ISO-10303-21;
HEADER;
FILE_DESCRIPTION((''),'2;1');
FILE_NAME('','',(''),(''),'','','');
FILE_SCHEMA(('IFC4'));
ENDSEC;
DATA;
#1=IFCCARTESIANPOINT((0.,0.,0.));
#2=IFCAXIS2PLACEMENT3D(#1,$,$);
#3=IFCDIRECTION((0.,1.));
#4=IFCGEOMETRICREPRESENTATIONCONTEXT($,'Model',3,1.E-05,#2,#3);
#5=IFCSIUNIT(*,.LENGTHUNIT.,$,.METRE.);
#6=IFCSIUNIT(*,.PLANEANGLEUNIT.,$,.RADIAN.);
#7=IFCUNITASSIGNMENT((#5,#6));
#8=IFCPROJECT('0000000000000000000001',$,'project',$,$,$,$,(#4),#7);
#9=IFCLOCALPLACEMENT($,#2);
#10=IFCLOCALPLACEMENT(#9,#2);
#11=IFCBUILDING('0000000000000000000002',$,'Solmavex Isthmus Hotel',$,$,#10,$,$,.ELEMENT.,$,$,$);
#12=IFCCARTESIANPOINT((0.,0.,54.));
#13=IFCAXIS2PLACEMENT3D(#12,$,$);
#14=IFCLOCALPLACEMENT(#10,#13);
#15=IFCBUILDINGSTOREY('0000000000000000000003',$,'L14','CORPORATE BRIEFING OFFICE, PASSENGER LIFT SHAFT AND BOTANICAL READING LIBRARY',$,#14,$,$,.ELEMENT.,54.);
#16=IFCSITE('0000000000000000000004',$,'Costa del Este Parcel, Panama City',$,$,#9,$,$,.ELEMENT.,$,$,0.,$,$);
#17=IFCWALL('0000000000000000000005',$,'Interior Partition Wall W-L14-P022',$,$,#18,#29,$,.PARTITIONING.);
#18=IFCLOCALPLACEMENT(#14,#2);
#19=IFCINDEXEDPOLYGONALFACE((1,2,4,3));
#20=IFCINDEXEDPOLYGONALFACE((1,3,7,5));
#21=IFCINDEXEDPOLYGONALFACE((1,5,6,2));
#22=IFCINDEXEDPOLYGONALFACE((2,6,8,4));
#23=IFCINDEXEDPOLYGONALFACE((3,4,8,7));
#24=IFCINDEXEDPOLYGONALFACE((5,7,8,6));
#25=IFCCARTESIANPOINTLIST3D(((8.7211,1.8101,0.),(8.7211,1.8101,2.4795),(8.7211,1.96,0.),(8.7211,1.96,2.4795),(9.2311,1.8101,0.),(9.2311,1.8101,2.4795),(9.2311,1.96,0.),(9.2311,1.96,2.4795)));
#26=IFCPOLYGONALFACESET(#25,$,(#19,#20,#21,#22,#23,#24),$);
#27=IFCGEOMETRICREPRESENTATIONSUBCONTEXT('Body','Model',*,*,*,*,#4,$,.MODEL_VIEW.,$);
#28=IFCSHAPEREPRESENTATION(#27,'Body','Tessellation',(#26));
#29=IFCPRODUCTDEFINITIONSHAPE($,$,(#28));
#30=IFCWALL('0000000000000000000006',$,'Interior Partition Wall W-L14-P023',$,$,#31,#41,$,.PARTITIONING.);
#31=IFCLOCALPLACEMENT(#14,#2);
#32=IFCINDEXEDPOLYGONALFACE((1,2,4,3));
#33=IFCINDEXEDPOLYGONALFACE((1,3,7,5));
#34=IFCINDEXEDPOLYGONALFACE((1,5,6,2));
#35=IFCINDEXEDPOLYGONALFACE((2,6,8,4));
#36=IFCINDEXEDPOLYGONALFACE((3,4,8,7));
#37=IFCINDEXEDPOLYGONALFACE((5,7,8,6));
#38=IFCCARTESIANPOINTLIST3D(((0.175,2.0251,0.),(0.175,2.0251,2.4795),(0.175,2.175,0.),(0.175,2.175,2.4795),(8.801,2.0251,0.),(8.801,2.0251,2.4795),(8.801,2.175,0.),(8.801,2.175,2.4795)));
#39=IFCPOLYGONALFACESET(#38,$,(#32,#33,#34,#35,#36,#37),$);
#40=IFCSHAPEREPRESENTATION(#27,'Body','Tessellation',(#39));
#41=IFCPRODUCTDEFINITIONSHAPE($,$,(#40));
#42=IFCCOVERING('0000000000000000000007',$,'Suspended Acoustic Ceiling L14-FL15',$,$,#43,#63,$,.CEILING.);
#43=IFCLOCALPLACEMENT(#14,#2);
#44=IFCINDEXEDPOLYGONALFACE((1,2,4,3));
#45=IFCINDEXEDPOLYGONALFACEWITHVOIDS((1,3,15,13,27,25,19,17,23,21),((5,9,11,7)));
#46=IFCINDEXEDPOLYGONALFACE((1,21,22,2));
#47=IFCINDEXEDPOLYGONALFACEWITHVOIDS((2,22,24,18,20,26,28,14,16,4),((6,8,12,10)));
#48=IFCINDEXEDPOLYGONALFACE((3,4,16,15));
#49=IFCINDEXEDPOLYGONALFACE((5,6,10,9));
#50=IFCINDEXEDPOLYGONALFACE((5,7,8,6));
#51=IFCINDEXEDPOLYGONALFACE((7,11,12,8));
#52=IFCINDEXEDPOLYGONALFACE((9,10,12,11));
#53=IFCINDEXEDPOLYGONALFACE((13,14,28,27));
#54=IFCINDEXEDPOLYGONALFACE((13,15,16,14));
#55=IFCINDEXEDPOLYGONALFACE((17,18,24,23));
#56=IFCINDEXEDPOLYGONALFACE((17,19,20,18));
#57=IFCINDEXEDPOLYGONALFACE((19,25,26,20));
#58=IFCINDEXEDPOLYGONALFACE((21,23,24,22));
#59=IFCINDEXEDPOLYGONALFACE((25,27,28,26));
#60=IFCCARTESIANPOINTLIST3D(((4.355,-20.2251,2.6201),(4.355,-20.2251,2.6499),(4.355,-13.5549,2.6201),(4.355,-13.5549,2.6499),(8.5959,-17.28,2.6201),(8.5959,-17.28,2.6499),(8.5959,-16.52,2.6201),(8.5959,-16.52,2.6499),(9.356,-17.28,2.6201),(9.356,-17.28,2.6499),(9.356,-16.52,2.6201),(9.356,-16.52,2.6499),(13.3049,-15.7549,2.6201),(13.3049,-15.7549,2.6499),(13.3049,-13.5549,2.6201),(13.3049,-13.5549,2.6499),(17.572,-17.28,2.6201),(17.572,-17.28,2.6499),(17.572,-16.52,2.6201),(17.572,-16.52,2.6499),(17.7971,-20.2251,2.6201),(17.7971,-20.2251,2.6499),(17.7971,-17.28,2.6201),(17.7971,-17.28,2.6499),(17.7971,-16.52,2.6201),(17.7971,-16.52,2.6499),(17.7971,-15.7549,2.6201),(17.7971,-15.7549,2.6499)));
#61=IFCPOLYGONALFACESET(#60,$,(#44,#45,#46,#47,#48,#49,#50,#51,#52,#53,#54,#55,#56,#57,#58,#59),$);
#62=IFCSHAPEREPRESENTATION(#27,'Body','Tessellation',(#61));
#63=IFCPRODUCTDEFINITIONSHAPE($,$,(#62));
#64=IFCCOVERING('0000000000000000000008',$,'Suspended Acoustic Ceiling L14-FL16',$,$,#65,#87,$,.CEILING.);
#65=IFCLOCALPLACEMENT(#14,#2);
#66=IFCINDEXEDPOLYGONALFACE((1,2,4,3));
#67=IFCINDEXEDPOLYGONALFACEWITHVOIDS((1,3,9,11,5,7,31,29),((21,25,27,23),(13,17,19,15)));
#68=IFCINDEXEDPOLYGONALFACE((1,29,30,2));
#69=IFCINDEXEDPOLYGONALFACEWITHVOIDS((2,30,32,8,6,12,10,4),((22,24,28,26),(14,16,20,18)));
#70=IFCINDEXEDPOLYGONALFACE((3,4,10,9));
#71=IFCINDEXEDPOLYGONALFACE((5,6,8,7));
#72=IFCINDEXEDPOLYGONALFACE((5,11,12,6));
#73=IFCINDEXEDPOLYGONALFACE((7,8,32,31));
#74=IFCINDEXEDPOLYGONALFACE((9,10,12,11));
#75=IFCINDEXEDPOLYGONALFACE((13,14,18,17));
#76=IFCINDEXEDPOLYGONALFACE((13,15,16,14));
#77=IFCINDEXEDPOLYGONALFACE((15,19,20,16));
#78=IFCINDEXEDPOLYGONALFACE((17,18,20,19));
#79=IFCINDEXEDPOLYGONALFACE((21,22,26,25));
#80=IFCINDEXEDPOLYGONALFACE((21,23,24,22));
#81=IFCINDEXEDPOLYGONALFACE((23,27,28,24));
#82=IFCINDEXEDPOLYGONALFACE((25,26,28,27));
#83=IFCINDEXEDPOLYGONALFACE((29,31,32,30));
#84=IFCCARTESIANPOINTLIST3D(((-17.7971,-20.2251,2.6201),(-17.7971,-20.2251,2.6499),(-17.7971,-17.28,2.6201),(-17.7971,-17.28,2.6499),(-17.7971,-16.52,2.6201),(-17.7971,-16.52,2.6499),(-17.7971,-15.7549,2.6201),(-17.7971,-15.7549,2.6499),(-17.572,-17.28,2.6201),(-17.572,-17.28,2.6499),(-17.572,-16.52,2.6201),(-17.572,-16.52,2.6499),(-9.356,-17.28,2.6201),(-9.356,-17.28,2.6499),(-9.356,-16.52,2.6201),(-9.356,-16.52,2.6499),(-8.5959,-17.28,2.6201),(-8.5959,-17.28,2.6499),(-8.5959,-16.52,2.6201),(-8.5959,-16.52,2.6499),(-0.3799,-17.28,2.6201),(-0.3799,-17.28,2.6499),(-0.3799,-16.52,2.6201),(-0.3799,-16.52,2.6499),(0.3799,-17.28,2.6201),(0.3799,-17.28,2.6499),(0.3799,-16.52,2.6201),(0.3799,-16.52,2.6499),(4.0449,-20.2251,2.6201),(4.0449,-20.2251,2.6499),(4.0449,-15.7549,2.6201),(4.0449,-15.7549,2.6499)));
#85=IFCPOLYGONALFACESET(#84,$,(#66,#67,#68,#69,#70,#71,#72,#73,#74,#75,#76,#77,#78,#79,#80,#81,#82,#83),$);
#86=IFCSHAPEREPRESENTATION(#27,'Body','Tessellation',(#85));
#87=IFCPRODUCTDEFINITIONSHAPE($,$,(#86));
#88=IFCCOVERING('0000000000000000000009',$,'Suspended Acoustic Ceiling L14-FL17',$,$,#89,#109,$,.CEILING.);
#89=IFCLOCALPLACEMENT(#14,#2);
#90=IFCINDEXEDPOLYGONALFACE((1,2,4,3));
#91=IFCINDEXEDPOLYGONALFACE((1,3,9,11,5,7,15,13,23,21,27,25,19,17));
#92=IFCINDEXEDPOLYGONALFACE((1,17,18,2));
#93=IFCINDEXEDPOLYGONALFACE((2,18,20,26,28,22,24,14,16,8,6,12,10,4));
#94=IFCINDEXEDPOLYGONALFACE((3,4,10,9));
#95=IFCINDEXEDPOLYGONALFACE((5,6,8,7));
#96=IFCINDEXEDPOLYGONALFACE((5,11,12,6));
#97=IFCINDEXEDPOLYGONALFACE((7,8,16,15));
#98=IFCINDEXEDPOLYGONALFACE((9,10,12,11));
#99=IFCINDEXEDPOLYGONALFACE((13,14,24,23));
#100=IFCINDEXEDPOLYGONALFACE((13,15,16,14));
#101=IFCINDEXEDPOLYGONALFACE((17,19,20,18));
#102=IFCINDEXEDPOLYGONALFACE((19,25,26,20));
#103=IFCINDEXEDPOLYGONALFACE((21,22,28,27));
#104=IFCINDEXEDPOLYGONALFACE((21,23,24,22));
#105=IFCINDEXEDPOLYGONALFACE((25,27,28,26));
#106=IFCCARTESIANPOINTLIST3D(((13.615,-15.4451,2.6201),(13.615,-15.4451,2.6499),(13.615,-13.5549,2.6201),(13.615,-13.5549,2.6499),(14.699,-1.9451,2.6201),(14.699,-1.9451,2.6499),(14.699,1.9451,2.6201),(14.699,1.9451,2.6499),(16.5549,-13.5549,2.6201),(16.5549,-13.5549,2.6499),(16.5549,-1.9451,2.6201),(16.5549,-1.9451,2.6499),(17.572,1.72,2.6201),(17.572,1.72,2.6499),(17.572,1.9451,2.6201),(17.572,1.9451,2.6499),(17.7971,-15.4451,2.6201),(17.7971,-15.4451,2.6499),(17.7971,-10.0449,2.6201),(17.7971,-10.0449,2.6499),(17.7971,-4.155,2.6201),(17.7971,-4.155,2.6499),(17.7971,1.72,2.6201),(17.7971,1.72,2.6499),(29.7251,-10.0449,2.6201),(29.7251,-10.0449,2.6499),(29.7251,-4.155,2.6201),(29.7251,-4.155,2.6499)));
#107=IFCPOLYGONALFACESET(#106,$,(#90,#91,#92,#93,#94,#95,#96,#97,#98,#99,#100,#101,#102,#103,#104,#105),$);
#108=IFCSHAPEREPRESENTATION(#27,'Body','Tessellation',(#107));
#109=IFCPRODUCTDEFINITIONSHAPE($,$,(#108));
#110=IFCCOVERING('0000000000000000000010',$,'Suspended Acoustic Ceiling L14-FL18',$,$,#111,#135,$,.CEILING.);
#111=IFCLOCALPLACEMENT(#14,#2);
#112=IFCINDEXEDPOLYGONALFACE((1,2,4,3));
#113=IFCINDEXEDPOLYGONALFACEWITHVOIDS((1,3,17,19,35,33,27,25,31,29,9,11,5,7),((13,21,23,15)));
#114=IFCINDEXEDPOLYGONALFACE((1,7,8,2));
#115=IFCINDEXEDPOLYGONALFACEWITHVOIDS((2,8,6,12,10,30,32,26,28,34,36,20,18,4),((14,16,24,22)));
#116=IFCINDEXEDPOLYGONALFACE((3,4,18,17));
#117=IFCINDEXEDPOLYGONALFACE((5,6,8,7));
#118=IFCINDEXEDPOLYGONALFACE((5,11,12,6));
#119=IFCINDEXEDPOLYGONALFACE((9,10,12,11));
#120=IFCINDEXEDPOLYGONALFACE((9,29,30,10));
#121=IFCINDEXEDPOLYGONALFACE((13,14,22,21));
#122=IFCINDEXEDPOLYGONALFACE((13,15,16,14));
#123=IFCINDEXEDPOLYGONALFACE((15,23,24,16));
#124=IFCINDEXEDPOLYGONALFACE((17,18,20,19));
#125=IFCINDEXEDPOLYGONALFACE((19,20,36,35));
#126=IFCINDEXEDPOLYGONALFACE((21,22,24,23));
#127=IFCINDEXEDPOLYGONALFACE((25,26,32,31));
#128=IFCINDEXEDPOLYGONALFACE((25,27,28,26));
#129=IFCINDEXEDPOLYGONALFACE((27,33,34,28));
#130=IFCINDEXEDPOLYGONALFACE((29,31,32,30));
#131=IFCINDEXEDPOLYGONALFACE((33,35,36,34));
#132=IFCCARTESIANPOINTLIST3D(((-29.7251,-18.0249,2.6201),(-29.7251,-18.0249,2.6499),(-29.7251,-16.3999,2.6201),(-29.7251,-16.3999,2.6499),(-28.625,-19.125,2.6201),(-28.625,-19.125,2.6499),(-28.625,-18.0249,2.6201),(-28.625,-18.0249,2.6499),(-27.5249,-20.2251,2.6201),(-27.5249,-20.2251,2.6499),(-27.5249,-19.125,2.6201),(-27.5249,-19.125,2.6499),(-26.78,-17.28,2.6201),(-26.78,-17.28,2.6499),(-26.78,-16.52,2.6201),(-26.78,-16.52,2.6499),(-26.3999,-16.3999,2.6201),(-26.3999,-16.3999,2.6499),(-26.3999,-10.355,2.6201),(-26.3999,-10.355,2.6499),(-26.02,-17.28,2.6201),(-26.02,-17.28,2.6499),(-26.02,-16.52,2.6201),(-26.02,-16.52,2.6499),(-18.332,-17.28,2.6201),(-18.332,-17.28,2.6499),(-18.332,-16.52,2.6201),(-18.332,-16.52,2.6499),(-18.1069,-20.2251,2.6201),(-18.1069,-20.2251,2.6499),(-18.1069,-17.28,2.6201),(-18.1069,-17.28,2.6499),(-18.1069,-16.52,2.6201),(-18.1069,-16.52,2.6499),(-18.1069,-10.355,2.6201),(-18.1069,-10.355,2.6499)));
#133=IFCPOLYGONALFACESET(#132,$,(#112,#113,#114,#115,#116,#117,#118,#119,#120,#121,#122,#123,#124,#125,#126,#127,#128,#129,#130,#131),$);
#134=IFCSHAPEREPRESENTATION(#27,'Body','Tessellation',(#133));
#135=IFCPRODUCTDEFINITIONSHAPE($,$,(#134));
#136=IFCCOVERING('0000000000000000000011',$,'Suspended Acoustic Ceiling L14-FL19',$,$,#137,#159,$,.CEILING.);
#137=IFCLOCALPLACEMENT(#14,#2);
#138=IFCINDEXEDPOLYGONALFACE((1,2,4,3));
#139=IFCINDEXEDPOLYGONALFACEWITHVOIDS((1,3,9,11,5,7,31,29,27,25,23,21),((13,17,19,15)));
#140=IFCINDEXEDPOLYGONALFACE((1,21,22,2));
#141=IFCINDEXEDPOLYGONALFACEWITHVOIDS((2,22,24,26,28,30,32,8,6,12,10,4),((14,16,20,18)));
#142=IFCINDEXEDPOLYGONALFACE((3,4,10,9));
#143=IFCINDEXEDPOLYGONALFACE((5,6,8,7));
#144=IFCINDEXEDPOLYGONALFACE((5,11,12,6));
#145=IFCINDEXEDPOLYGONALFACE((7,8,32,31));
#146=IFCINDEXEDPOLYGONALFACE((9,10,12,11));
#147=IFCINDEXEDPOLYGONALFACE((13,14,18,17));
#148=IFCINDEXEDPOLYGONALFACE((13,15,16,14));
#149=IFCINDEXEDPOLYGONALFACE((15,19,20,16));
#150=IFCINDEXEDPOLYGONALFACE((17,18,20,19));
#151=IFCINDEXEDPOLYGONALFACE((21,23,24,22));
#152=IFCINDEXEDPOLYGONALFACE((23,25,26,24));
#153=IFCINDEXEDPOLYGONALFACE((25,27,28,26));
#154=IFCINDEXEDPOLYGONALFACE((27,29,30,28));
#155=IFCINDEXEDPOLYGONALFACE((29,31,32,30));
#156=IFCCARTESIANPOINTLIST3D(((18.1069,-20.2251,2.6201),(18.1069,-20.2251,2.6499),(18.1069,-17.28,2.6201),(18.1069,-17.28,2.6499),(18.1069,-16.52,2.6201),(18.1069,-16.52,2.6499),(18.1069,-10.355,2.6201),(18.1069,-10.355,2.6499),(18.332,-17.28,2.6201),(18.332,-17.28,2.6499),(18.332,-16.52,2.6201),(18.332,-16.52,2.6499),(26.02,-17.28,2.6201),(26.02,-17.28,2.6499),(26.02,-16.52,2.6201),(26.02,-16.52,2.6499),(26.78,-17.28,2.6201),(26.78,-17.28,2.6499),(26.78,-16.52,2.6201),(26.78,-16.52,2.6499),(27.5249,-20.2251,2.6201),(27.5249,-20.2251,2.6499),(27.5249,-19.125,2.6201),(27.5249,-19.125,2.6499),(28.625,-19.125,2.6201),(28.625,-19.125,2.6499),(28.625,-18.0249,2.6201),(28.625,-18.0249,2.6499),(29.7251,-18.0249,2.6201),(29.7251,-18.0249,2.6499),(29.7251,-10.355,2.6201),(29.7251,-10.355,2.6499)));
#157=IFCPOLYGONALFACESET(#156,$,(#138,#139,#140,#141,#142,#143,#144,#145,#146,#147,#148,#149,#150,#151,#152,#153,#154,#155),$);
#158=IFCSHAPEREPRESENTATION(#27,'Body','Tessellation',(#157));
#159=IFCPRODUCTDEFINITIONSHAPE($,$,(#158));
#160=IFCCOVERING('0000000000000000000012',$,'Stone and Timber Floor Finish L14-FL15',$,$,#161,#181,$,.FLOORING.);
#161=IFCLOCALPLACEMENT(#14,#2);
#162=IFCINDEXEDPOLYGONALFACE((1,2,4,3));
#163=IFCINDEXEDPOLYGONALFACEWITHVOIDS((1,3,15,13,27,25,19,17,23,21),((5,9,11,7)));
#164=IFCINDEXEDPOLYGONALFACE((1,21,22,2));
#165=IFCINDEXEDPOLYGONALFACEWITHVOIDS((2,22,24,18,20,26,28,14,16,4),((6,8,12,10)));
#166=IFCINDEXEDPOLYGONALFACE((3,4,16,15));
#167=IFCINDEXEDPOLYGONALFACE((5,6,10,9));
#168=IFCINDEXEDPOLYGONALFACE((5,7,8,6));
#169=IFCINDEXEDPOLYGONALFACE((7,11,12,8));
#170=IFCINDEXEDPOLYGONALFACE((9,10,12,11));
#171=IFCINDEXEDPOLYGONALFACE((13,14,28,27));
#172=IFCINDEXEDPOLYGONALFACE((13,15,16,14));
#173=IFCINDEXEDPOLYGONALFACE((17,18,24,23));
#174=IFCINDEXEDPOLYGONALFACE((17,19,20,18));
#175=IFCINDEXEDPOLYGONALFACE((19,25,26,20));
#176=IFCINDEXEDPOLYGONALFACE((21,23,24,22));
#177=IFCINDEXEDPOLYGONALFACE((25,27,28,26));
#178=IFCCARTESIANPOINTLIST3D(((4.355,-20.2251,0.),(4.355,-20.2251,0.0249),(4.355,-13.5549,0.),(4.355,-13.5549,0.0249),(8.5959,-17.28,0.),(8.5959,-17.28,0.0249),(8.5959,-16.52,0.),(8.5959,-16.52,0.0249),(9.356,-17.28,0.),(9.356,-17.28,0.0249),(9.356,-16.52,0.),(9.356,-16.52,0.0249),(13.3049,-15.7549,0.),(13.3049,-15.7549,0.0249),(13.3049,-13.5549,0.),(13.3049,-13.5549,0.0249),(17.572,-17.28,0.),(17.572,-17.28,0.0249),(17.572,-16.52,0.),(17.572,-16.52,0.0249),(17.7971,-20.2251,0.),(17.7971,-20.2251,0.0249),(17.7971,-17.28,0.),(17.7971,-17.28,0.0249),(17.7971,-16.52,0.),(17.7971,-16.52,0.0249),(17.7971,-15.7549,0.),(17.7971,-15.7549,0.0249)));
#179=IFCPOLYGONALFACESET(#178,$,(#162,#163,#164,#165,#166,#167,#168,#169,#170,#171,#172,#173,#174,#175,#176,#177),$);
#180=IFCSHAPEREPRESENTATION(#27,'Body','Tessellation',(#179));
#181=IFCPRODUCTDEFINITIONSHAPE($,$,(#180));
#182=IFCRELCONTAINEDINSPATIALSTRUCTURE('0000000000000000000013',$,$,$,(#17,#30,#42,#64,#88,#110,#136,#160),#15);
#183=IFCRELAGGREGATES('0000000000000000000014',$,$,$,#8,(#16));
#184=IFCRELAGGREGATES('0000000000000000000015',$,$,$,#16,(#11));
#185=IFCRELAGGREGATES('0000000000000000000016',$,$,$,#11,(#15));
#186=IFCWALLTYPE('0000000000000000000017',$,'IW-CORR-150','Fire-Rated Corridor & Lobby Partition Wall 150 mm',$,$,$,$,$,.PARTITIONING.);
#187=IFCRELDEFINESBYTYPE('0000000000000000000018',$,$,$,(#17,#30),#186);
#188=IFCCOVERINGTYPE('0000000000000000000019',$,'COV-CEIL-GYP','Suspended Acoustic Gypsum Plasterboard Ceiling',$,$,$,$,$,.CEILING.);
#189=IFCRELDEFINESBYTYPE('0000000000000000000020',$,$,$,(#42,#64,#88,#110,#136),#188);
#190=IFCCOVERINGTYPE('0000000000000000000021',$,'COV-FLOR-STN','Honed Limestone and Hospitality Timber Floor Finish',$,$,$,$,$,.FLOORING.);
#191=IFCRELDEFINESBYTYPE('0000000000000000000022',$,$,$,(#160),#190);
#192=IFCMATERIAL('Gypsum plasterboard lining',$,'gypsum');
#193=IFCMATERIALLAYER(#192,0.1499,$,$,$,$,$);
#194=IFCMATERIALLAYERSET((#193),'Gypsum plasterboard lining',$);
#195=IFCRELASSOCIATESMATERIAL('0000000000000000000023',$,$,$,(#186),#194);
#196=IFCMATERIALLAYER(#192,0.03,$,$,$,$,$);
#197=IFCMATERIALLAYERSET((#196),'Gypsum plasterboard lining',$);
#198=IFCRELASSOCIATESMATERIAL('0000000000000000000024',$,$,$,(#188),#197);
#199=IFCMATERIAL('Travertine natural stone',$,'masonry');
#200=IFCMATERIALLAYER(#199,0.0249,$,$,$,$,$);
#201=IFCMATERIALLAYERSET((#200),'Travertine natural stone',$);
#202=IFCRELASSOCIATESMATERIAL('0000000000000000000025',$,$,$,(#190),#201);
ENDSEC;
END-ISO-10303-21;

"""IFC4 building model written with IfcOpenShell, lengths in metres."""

from ifc_helpers import new_model, si_unit, direction, frame, frame_2d, origin, place, context, subcontext, project, spatial, polyline, rectangle, outline, extrude, material, layer, layer_set, type_object, element, save


model = new_model("IFC4")

# Units and contexts
model_context = context("Model", 3, precision=1e-05, world=origin(), true_north=direction((0.0, 1.0)))
body_context = subcontext(model_context, "Body", "Model", "MODEL_VIEW")
ifc_project = project(units=[si_unit("LENGTHUNIT", "METRE"), si_unit("PLANEANGLEUNIT", "RADIAN")], contexts=[model_context])

# Site, building, storey
site_placement = place(None, origin())
site = spatial("IfcSite", under=ifc_project, at=site_placement, Name="Costa del Este Parcel, Panama City", CompositionType="ELEMENT", RefElevation=0.0)
building_placement = place(site_placement, origin())
building = spatial("IfcBuilding", under=site, at=building_placement, Name="Solmavex Isthmus Hotel", CompositionType="ELEMENT")
storey_placement = place(building_placement, frame((0.0, 0.0, 54.0)))
storey = spatial("IfcBuildingStorey", under=building, at=storey_placement, Name="L14", Description="CORPORATE BRIEFING OFFICE, PASSENGER LIFT SHAFT AND BOTANICAL READING LIBRARY", CompositionType="ELEMENT", Elevation=54.0)

# Shared definitions
ifc_material_1 = material(Name="Gypsum plasterboard lining", Category="gypsum")

# Shared definitions
ifc_layer_1 = layer(ifc_material_1, 0.1499)
ifc_layer_set_1 = layer_set([ifc_layer_1], Name="Gypsum plasterboard lining")
wall_type_1 = type_object("IfcWallType", Name="IW-CORR-150", Description="Fire-Rated Corridor & Lobby Partition Wall 150 mm", PredefinedType="PARTITIONING", material=ifc_layer_set_1)

# Walls
wall_1_placement = place(storey_placement, frame((9.231, 1.885, 0.0), z_axis=(0.0, 0.0, 1.0), x_axis=(-1.0, 0.0, 0.0)))
element("IfcWall", 1, at=wall_1_placement, inside=storey, type_object=wall_type_1, Name="Interior Partition Wall W-L14-P022", PredefinedType="PARTITIONING", context=body_context, shape_type="SweptSolid", body=[
    extrude(rectangle(XDim=0.51, YDim=0.1499, at=frame_2d((0.2549, 0.0))), origin(), (0.0, 0.0, 1.0), 2.4795),
])
wall_2_placement = place(storey_placement, frame((8.801, 2.1001, 0.0), z_axis=(0.0, 0.0, 1.0), x_axis=(-1.0, 0.0, 0.0)))
element("IfcWall", 2, at=wall_2_placement, inside=storey, type_object=wall_type_1, Name="Interior Partition Wall W-L14-P023", PredefinedType="PARTITIONING", context=body_context, shape_type="SweptSolid", body=[
    extrude(rectangle(XDim=8.626, YDim=0.1499, at=frame_2d((4.313, 0.0))), origin(), (0.0, 0.0, 1.0), 2.4795),
])

# Coverings
ifc_layer_2 = layer(ifc_material_1, 0.03)
ifc_layer_set_2 = layer_set([ifc_layer_2], Name="Gypsum plasterboard lining")
covering_type_1 = type_object("IfcCoveringType", Name="COV-CEIL-GYP", Description="Suspended Acoustic Gypsum Plasterboard Ceiling", PredefinedType="CEILING", material=ifc_layer_set_2)
covering_1_placement = place(storey_placement, frame((0.0, 0.0, 2.6201)))
element("IfcCovering", 3, at=covering_1_placement, inside=storey, type_object=covering_type_1, Name="Suspended Acoustic Ceiling L14-FL15", PredefinedType="CEILING", context=body_context, shape_type="SweptSolid", body=[
    extrude(outline(polyline([(17.7971, -17.28), (17.572, -17.28), (17.572, -16.52), (17.7971, -16.52), (17.7971, -15.7549), (13.3049, -15.7549), (13.3049, -13.5549), (4.355, -13.5549), (4.355, -20.2251), (17.7971, -20.2251), (17.7971, -17.28)]), holes=[polyline([(8.5959, -17.28), (8.5959, -16.52), (9.356, -16.52), (9.356, -17.28), (8.5959, -17.28)])]), origin(), (0.0, 0.0, 1.0), 0.0298),
])
covering_2_placement = place(storey_placement, frame((0.0, 0.0, 2.6201)))
element("IfcCovering", 4, at=covering_2_placement, inside=storey, type_object=covering_type_1, Name="Suspended Acoustic Ceiling L14-FL16", PredefinedType="CEILING", context=body_context, shape_type="SweptSolid", body=[
    extrude(outline(polyline([(-17.7971, -16.52), (-17.572, -16.52), (-17.572, -17.28), (-17.7971, -17.28), (-17.7971, -20.2251), (4.0449, -20.2251), (4.0449, -15.7549), (-17.7971, -15.7549), (-17.7971, -16.52)]), holes=[polyline([(-0.3799, -17.28), (-0.3799, -16.52), (0.3799, -16.52), (0.3799, -17.28), (-0.3799, -17.28)]), polyline([(-9.356, -17.28), (-9.356, -16.52), (-8.5959, -16.52), (-8.5959, -17.28), (-9.356, -17.28)])]), origin(), (0.0, 0.0, 1.0), 0.0298),
])
covering_3_placement = place(storey_placement, frame((0.0, 0.0, 2.6201)))
element("IfcCovering", 5, at=covering_3_placement, inside=storey, type_object=covering_type_1, Name="Suspended Acoustic Ceiling L14-FL17", PredefinedType="CEILING", context=body_context, shape_type="SweptSolid", body=[
    extrude(outline(polyline([(17.7971, 1.72), (17.572, 1.72), (17.572, 1.9451), (14.699, 1.9451), (14.699, -1.9451), (16.5549, -1.9451), (16.5549, -13.5549), (13.615, -13.5549), (13.615, -15.4451), (17.7971, -15.4451), (17.7971, -10.0449), (29.7251, -10.0449), (29.7251, -4.155), (17.7971, -4.155), (17.7971, 1.72)])), origin(), (0.0, 0.0, 1.0), 0.0298),
])
covering_4_placement = place(storey_placement, frame((0.0, 0.0, 2.6201)))
element("IfcCovering", 6, at=covering_4_placement, inside=storey, type_object=covering_type_1, Name="Suspended Acoustic Ceiling L14-FL18", PredefinedType="CEILING", context=body_context, shape_type="SweptSolid", body=[
    extrude(outline(polyline([(-18.1069, -17.28), (-18.332, -17.28), (-18.332, -16.52), (-18.1069, -16.52), (-18.1069, -10.355), (-26.3999, -10.355), (-26.3999, -16.3999), (-29.7251, -16.3999), (-29.7251, -18.0249), (-28.625, -18.0249), (-28.625, -19.125), (-27.5249, -19.125), (-27.5249, -20.2251), (-18.1069, -20.2251), (-18.1069, -17.28)]), holes=[polyline([(-26.78, -17.28), (-26.78, -16.52), (-26.02, -16.52), (-26.02, -17.28), (-26.78, -17.28)])]), origin(), (0.0, 0.0, 1.0), 0.0298),
])
covering_5_placement = place(storey_placement, frame((0.0, 0.0, 2.6201)))
element("IfcCovering", 7, at=covering_5_placement, inside=storey, type_object=covering_type_1, Name="Suspended Acoustic Ceiling L14-FL19", PredefinedType="CEILING", context=body_context, shape_type="SweptSolid", body=[
    extrude(outline(polyline([(18.1069, -16.52), (18.332, -16.52), (18.332, -17.28), (18.1069, -17.28), (18.1069, -20.2251), (27.5249, -20.2251), (27.5249, -19.125), (28.625, -19.125), (28.625, -18.0249), (29.7251, -18.0249), (29.7251, -10.355), (18.1069, -10.355), (18.1069, -16.52)]), holes=[polyline([(26.02, -17.28), (26.02, -16.52), (26.78, -16.52), (26.78, -17.28), (26.02, -17.28)])]), origin(), (0.0, 0.0, 1.0), 0.0298),
])
ifc_material_2 = material(Name="Travertine natural stone", Category="masonry")
ifc_layer_3 = layer(ifc_material_2, 0.0249)
ifc_layer_set_3 = layer_set([ifc_layer_3], Name="Travertine natural stone")
covering_type_2 = type_object("IfcCoveringType", Name="COV-FLOR-STN", Description="Honed Limestone and Hospitality Timber Floor Finish", PredefinedType="FLOORING", material=ifc_layer_set_3)
covering_6_placement = place(storey_placement, origin())
element("IfcCovering", 8, at=covering_6_placement, inside=storey, type_object=covering_type_2, Name="Stone and Timber Floor Finish L14-FL15", PredefinedType="FLOORING", context=body_context, shape_type="SweptSolid", body=[
    extrude(outline(polyline([(17.7971, -17.28), (17.572, -17.28), (17.572, -16.52), (17.7971, -16.52), (17.7971, -15.7549), (13.3049, -15.7549), (13.3049, -13.5549), (4.355, -13.5549), (4.355, -20.2251), (17.7971, -20.2251), (17.7971, -17.28)]), holes=[polyline([(8.5959, -17.28), (8.5959, -16.52), (9.356, -16.52), (9.356, -17.28), (8.5959, -17.28)])]), origin(), (0.0, 0.0, 1.0), 0.0249),
])

save(model, "model.ifc")
